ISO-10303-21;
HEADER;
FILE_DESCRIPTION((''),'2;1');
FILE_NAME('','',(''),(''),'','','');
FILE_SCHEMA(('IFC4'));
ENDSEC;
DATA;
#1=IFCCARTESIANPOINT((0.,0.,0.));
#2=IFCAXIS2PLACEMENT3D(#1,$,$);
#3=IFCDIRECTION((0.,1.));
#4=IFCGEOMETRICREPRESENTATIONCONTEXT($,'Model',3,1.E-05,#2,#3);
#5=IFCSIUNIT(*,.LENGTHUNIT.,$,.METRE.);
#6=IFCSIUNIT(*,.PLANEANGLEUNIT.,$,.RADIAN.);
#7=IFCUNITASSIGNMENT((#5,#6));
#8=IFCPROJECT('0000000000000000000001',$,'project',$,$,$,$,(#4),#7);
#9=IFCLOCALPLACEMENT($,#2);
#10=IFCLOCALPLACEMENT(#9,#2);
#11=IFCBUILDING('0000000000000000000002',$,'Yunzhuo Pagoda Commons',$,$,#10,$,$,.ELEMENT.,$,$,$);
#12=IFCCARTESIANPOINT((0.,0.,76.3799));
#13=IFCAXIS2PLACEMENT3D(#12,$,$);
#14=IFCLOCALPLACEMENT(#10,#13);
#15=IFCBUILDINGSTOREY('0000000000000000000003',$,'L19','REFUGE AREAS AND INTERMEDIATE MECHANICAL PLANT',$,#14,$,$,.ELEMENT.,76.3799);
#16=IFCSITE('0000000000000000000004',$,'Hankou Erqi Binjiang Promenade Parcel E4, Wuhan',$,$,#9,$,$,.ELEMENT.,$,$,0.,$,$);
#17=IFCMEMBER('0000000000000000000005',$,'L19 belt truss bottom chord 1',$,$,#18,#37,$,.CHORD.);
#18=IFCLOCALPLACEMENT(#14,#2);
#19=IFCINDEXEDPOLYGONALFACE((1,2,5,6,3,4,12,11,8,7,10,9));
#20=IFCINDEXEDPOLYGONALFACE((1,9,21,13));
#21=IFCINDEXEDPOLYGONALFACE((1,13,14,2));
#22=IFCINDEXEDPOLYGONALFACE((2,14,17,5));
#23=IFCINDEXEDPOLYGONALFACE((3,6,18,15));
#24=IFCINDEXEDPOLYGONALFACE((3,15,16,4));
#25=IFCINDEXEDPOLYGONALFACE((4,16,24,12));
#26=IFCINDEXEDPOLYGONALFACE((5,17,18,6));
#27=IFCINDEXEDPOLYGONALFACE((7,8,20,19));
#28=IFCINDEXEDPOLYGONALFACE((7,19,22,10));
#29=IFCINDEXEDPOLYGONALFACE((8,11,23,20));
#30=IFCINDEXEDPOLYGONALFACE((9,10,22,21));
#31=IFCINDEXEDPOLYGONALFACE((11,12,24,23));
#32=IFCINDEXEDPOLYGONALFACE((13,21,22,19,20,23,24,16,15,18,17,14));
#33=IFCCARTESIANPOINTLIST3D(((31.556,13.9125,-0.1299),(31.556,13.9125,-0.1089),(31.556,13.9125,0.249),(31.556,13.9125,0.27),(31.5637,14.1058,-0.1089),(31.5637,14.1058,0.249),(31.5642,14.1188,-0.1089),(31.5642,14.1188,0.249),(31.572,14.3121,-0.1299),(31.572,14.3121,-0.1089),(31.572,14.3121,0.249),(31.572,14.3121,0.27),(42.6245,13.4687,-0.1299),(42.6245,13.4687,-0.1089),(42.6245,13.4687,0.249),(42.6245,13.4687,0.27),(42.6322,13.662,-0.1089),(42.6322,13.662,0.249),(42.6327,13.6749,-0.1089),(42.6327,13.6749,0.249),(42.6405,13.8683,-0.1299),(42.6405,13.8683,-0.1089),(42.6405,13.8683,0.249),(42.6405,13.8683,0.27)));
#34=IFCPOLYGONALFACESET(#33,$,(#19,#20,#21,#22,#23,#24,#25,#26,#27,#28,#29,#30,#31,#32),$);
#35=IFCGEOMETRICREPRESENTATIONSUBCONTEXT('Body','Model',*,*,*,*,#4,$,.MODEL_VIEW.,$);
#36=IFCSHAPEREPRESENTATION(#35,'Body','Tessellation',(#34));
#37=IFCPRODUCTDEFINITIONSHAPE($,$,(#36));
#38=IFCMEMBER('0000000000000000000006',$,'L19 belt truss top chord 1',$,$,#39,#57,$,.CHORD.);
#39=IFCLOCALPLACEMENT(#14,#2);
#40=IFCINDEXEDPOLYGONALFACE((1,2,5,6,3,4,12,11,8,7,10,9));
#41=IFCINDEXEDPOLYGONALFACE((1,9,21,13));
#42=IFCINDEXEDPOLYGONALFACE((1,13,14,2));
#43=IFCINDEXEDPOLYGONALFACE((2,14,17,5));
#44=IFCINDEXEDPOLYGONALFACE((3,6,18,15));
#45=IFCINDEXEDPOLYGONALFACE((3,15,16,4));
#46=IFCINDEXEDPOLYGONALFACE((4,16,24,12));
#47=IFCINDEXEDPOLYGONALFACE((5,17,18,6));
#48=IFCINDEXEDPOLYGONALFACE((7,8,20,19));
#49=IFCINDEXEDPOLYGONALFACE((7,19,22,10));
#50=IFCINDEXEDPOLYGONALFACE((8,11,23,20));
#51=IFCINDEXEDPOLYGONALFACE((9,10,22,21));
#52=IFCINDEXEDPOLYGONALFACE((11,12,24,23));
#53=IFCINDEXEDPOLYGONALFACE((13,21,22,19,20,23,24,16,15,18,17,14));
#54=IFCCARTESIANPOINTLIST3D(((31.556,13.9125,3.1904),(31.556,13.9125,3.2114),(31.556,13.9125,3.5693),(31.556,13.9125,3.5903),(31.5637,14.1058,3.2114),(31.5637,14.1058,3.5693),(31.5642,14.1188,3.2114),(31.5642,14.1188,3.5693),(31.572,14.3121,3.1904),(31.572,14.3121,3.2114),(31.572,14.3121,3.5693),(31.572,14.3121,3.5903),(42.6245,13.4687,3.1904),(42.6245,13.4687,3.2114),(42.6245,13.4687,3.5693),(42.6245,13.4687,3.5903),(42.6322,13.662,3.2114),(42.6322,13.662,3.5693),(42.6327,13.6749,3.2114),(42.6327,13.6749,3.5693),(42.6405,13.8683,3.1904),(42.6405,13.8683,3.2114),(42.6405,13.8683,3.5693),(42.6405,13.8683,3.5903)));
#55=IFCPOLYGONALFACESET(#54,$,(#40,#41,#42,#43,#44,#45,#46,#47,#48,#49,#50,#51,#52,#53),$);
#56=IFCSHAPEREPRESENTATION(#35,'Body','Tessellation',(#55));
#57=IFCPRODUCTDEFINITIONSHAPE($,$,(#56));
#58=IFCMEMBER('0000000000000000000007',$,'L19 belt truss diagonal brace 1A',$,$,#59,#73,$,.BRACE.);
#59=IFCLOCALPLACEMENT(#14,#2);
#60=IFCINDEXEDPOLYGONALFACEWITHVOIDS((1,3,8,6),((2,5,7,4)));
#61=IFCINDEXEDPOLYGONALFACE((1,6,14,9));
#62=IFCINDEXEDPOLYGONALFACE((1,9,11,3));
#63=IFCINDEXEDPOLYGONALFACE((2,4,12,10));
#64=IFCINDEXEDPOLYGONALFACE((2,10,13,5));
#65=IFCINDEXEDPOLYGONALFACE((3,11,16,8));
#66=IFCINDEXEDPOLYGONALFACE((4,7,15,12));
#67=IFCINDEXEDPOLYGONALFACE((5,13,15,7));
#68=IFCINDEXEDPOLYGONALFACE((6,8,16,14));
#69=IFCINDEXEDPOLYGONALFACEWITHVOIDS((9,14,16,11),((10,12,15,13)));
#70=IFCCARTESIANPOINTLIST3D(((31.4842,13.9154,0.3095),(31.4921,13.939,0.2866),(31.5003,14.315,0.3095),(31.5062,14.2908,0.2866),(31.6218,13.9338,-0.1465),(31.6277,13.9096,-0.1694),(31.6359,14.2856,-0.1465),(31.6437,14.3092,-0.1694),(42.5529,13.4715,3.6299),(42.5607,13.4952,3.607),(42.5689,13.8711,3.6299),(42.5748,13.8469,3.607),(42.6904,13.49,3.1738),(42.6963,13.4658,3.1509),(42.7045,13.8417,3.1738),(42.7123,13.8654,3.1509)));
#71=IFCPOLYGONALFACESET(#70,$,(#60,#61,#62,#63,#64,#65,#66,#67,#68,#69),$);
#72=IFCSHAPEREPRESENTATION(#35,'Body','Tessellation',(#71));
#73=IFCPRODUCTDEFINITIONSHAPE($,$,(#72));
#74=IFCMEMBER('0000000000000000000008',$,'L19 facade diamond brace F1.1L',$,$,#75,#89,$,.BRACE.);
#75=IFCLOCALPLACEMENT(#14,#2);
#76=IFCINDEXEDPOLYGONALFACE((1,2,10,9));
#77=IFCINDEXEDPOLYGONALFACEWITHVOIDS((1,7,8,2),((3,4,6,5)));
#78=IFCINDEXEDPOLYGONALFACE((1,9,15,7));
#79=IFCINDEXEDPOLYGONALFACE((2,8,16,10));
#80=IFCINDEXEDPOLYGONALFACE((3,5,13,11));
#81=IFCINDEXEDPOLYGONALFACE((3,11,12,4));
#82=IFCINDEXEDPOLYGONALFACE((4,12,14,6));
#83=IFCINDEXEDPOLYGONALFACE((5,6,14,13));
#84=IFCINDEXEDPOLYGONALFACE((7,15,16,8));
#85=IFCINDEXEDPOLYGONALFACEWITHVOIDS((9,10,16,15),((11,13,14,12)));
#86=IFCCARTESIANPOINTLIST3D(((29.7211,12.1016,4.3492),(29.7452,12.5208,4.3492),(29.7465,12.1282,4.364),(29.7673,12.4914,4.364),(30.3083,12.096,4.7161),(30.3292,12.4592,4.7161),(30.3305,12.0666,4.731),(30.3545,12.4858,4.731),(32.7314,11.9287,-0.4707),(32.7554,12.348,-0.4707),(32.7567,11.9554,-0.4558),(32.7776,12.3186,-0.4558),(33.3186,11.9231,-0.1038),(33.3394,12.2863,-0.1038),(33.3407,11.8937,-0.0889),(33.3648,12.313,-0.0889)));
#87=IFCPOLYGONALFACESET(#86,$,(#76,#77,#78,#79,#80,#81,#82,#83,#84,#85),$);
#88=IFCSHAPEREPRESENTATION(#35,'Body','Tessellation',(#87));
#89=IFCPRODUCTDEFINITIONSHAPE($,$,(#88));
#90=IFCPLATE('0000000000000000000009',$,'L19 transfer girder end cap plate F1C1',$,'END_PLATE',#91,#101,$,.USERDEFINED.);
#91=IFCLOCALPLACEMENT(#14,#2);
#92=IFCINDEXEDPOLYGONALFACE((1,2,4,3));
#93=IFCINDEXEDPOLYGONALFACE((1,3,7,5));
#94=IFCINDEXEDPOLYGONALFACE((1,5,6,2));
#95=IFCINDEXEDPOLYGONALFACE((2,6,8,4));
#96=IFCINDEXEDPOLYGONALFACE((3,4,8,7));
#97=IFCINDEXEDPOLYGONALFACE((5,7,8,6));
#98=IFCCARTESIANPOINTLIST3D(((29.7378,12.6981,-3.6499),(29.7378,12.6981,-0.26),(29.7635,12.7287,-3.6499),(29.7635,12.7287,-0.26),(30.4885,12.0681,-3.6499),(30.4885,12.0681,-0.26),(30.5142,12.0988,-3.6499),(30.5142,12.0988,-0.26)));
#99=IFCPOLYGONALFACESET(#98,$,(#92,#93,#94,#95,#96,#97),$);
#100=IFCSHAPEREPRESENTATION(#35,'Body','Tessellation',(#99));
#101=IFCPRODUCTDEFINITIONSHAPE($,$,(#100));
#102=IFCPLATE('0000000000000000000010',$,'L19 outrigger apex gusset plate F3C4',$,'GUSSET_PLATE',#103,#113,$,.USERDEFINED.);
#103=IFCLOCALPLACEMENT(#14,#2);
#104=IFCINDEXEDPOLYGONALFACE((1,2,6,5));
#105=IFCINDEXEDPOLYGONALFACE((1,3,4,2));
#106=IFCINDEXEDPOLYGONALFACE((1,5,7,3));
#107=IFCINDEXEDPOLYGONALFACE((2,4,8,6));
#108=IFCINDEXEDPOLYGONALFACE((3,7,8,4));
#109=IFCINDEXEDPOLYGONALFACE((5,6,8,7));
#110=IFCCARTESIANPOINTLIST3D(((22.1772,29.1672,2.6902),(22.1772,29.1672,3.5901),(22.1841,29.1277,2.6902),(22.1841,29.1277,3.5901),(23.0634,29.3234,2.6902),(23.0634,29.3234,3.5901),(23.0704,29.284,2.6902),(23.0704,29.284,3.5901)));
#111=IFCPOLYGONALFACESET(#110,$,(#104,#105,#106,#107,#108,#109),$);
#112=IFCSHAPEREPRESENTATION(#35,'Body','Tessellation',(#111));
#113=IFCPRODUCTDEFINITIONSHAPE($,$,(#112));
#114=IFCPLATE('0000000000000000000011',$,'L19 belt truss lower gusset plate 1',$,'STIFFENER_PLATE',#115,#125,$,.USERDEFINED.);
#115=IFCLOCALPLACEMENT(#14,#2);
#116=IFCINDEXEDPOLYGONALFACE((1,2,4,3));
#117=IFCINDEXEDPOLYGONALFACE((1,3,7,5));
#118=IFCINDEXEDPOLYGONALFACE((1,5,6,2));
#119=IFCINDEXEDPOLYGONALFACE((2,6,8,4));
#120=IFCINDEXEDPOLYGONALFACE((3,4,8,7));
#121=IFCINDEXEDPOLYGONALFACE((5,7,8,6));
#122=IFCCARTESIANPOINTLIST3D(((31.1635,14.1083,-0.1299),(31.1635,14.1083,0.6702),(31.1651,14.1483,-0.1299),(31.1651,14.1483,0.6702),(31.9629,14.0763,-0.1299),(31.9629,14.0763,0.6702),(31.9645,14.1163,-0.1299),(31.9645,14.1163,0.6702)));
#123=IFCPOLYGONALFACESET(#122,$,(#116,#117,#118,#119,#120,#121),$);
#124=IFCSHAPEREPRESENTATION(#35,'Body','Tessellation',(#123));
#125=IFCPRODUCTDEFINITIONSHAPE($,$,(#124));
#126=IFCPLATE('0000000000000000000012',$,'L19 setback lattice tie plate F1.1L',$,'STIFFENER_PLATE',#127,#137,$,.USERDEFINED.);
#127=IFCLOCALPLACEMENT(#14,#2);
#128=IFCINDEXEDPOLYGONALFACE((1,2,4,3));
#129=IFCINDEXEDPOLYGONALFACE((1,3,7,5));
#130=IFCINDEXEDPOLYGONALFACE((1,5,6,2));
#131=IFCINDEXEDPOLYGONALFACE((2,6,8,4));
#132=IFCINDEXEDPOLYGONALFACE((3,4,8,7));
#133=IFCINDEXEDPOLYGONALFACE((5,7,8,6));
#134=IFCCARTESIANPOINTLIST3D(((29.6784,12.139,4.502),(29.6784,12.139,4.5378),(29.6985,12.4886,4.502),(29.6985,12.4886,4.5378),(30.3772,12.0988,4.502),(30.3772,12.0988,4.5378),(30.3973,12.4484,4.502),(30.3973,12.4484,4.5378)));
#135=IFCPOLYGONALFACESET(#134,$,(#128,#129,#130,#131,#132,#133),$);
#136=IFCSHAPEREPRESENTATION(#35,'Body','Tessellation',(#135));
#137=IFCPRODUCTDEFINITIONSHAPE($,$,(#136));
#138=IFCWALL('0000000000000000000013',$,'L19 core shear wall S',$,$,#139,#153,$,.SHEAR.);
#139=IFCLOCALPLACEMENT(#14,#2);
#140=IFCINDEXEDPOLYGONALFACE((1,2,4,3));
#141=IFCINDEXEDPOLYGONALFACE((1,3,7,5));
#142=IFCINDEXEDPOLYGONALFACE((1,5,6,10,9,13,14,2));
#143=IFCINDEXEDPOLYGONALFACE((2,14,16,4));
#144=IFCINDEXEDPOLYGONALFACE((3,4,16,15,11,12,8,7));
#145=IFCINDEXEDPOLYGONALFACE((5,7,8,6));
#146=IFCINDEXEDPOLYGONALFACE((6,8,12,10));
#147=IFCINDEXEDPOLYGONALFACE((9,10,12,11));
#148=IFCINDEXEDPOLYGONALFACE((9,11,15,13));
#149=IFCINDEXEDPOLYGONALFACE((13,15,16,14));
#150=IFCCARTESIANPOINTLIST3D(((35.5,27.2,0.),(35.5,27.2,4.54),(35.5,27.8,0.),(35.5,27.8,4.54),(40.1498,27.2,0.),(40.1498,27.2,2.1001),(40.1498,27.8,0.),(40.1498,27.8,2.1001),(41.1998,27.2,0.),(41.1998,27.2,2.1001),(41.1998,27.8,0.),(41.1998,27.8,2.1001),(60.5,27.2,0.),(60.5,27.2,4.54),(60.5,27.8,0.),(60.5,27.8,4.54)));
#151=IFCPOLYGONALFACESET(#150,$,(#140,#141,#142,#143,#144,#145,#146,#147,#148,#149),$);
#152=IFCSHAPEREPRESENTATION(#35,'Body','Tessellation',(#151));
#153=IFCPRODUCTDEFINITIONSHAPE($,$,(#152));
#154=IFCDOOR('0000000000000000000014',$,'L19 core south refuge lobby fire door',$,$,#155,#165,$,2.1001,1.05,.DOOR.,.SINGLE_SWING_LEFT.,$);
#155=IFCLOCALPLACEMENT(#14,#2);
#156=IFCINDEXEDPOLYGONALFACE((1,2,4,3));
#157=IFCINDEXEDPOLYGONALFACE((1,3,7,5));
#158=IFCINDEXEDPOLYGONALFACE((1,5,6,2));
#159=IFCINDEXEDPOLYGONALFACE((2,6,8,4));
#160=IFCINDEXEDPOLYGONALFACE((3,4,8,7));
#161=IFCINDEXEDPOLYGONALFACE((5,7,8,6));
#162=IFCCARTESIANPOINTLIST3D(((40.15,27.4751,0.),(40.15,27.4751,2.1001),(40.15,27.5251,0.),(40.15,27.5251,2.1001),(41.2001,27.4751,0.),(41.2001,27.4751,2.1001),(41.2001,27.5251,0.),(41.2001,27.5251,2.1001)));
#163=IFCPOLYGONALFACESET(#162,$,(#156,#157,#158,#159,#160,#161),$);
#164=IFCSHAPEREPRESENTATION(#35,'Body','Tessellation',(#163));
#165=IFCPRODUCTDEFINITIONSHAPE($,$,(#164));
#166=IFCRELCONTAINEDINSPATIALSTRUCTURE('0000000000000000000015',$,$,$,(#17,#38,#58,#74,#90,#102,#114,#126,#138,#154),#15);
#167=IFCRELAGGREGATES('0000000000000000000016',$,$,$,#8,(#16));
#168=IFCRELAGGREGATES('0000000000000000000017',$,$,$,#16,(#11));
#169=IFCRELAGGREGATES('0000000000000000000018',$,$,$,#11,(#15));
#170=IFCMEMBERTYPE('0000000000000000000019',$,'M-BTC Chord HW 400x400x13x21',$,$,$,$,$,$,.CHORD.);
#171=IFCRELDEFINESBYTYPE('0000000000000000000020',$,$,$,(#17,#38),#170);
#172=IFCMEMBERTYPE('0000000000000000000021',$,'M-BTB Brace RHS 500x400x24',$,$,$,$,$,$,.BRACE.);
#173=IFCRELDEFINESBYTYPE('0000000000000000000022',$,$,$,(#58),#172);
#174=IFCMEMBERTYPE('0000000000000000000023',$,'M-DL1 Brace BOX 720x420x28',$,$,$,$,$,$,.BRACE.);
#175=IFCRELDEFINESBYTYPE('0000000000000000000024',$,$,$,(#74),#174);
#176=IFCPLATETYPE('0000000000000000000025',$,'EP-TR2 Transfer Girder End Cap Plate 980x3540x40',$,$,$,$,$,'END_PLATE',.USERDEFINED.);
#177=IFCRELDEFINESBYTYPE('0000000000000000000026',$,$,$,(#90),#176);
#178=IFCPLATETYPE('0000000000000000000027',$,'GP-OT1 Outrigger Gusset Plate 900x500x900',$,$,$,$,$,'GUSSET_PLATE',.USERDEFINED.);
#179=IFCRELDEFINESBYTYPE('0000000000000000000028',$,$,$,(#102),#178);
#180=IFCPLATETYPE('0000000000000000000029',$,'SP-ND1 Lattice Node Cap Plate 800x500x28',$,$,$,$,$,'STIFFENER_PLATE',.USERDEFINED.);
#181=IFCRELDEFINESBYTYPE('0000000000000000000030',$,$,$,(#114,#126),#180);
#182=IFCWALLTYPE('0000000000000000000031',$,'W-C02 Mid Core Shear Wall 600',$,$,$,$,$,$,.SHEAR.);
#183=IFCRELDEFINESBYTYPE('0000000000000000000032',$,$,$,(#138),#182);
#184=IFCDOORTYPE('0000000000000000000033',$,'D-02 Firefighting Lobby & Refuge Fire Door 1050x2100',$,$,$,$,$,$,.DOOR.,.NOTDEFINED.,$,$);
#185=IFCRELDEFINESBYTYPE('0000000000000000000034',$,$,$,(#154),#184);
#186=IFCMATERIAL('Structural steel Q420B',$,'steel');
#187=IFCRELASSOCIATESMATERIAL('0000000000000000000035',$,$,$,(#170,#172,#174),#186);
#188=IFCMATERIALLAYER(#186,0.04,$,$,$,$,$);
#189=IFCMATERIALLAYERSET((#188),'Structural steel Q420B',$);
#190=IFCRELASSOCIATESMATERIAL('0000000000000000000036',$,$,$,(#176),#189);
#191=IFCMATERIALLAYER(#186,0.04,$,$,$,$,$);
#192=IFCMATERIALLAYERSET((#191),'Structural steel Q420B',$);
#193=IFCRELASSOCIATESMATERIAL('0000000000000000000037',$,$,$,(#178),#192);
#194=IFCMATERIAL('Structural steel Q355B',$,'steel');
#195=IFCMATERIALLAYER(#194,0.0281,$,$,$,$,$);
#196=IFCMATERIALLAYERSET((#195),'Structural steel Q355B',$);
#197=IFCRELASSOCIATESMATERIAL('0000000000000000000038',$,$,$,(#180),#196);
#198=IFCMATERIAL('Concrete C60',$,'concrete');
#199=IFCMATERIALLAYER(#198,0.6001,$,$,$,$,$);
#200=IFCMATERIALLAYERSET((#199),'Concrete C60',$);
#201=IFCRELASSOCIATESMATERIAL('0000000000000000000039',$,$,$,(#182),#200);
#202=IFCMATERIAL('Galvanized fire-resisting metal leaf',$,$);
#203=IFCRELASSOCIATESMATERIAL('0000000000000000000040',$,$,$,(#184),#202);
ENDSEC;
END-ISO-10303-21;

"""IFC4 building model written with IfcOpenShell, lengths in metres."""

from ifc_helpers import new_model, si_unit, direction, frame, frame_2d, origin, origin_2d, place, context, subcontext, project, spatial, rectangle, hollow_rectangle, i_section, extrude, source, transform, mapped, material, layer, layer_set, material_profile, profile_set, type_object, element, fill, save


model = new_model("IFC4")

# Units and contexts
model_context = context("Model", 3, precision=1e-05, world=origin(), true_north=direction((0.0, 1.0)))
body_context = subcontext(model_context, "Body", "Model", "MODEL_VIEW")
ifc_project = project(units=[si_unit("LENGTHUNIT", "METRE"), si_unit("PLANEANGLEUNIT", "RADIAN")], contexts=[model_context])

# Site, building, storey
site_placement = place(None, origin())
site = spatial("IfcSite", under=ifc_project, at=site_placement, Name="Hankou Erqi Binjiang Promenade Parcel E4, Wuhan", CompositionType="ELEMENT", RefElevation=0.0)
building_placement = place(site_placement, origin())
building = spatial("IfcBuilding", under=site, at=building_placement, Name="Yunzhuo Pagoda Commons", CompositionType="ELEMENT")
storey_placement = place(building_placement, frame((0.0, 0.0, 76.3799)))
storey = spatial("IfcBuildingStorey", under=building, at=storey_placement, Name="L19", Description="REFUGE AREAS AND INTERMEDIATE MECHANICAL PLANT", CompositionType="ELEMENT", Elevation=76.3799)

# Shared definitions
ifc_material_1 = material(Name="Structural steel Q420B", Category="steel")

# Shared definitions
ifc_material_2 = material(Name="Structural steel Q355B", Category="steel")

# Members
ifc_material_profile_1 = material_profile(ifc_material_1, i_section(OverallWidth=0.3999, OverallDepth=0.3999, WebThickness=0.0129, FlangeThickness=0.021, at=origin_2d()), Name="Structural steel Q420B")
ifc_profile_set_1 = profile_set([ifc_material_profile_1], Name="Structural steel Q420B")
member_type_1 = type_object("IfcMemberType", Name="M-BTC Chord HW 400x400x13x21", PredefinedType="CHORD", material=ifc_profile_set_1)
shared_shape_1 = source(origin(), body_context, "Body", "SweptSolid", [
    extrude(i_section(OverallWidth=0.3999, OverallDepth=0.3999, WebThickness=0.0129, FlangeThickness=0.021, at=origin_2d()), origin(), (0.0, 0.0, 1.0), 11.0774),
])
for number, where, z_axis, x_axis, name in (
    (1, (31.564, 14.1123, 0.0701), (0.999197, -0.040067, 0.0), (0.040067, 0.999197, 0.0), "L19 belt truss bottom chord 1"),
    (2, (31.564, 14.1123, 3.3904), (0.999197, -0.040067, 0.0), (0.040067, 0.999197, 0.0), "L19 belt truss top chord 1"),
):
    element("IfcMember", number, at=place(storey_placement, frame(where, z_axis=z_axis, x_axis=x_axis)), inside=storey, type_object=member_type_1, Name=name, PredefinedType="CHORD", context=body_context, shape_type="MappedRepresentation", body=[
        mapped(shared_shape_1, transform((0.0, 0.0, 0.0), scale=1.0)),
    ])
ifc_material_profile_2 = material_profile(ifc_material_1, hollow_rectangle(XDim=0.3999, YDim=0.5, WallThickness=0.0239, at=origin_2d()), Name="Structural steel Q420B")
ifc_profile_set_2 = profile_set([ifc_material_profile_2], Name="Structural steel Q420B")
member_type_2 = type_object("IfcMemberType", Name="M-BTB Brace RHS 500x400x24", PredefinedType="BRACE", material=ifc_profile_set_2)
shared_shape_2 = source(origin(), body_context, "Body", "SweptSolid", [
    extrude(hollow_rectangle(XDim=0.3999, YDim=0.5, WallThickness=0.0239, at=origin_2d()), origin(), (0.0, 0.0, 1.0), 11.5645),
])
member_1_placement = place(storey_placement, frame((31.564, 14.1123, 0.0701), z_axis=(0.957127, -0.038381, 0.287115), x_axis=(0.040067, 0.999197, 0.0)))
element("IfcMember", 3, at=member_1_placement, inside=storey, type_object=member_type_2, Name="L19 belt truss diagonal brace 1A", PredefinedType="BRACE", context=body_context, shape_type="MappedRepresentation", body=[
    mapped(shared_shape_2, transform((0.0, 0.0, 0.0), scale=1.0)),
])
ifc_material_profile_3 = material_profile(ifc_material_1, hollow_rectangle(XDim=0.4199, YDim=0.72, WallThickness=0.0281, at=origin_2d()), Name="Structural steel Q420B")
ifc_profile_set_3 = profile_set([ifc_material_profile_3], Name="Structural steel Q420B")
member_type_3 = type_object("IfcMemberType", Name="M-DL1 Brace BOX 720x420x28", PredefinedType="BRACE", material=ifc_profile_set_3)
shared_shape_3 = source(origin(), body_context, "Body", "SweptSolid", [
    extrude(hollow_rectangle(XDim=0.4199, YDim=0.72, WallThickness=0.0281, at=origin_2d()), origin(), (0.0, 0.0, 1.0), 5.6853),
])
member_2_placement = place(storey_placement, frame((33.0481, 12.1208, -0.2798), z_axis=(-0.529484, 0.030403, 0.847775), x_axis=(-0.057326, -0.998355, 0.0)))
element("IfcMember", 4, at=member_2_placement, inside=storey, type_object=member_type_3, Name="L19 facade diamond brace F1.1L", PredefinedType="BRACE", context=body_context, shape_type="MappedRepresentation", body=[
    mapped(shared_shape_3, transform((0.0, 0.0, 0.0), scale=1.0)),
])

# Plates
ifc_layer_1 = layer(ifc_material_1, 0.04)
ifc_layer_set_1 = layer_set([ifc_layer_1], Name="Structural steel Q420B")
plate_type_1 = type_object("IfcPlateType", Name="EP-TR2 Transfer Girder End Cap Plate 980x3540x40", ElementType="END_PLATE", PredefinedType="USERDEFINED", material=ifc_layer_set_1)
shared_shape_4 = source(origin(), body_context, "Body", "SweptSolid", [
    extrude(rectangle(XDim=0.98, YDim=0.04, at=origin_2d()), origin(), (0.0, 0.0, 1.0), 3.3899),
])
plate_1_placement = place(storey_placement, frame((30.126, 12.3984, -3.6499), z_axis=(0.0, 0.0, 1.0), x_axis=(0.766044, -0.642788, 0.0)))
element("IfcPlate", 5, at=plate_1_placement, inside=storey, type_object=plate_type_1, Name="L19 transfer girder end cap plate F1C1", ObjectType="END_PLATE", PredefinedType="USERDEFINED", context=body_context, shape_type="MappedRepresentation", body=[
    mapped(shared_shape_4, transform((0.0, 0.0, 0.0), scale=1.0)),
])
ifc_layer_2 = layer(ifc_material_1, 0.04)
ifc_layer_set_2 = layer_set([ifc_layer_2], Name="Structural steel Q420B")
plate_type_2 = type_object("IfcPlateType", Name="GP-OT1 Outrigger Gusset Plate 900x500x900", ElementType="GUSSET_PLATE", PredefinedType="USERDEFINED", material=ifc_layer_set_2)
shared_shape_5 = source(origin(), body_context, "Body", "SweptSolid", [
    extrude(rectangle(XDim=0.8999, YDim=0.04, at=origin_2d()), origin(), (0.0, 0.0, 1.0), 0.8999),
])
plate_2_placement = place(storey_placement, frame((22.6238, 29.2256, 2.6902), z_axis=(0.0, 0.0, 1.0), x_axis=(-0.984808, -0.173648, 0.0)))
element("IfcPlate", 6, at=plate_2_placement, inside=storey, type_object=plate_type_2, Name="L19 outrigger apex gusset plate F3C4", ObjectType="GUSSET_PLATE", PredefinedType="USERDEFINED", context=body_context, shape_type="MappedRepresentation", body=[
    mapped(shared_shape_5, transform((0.0, 0.0, 0.0), scale=1.0)),
])
ifc_layer_3 = layer(ifc_material_2, 0.0281)
ifc_layer_set_3 = layer_set([ifc_layer_3], Name="Structural steel Q355B")
plate_type_3 = type_object("IfcPlateType", Name="SP-ND1 Lattice Node Cap Plate 800x500x28", ElementType="STIFFENER_PLATE", PredefinedType="USERDEFINED", material=ifc_layer_set_3)
shared_shape_6 = source(origin(), body_context, "Body", "SweptSolid", [
    extrude(rectangle(XDim=0.8, YDim=0.04, at=origin_2d()), origin(), (0.0, 0.0, 1.0), 0.8),
])
plate_3_placement = place(storey_placement, frame((31.564, 14.1123, -0.1299), z_axis=(0.0, 0.0, 1.0), x_axis=(0.999197, -0.040062, 0.0)))
element("IfcPlate", 7, at=plate_3_placement, inside=storey, type_object=plate_type_3, Name="L19 belt truss lower gusset plate 1", ObjectType="STIFFENER_PLATE", PredefinedType="USERDEFINED", context=body_context, shape_type="MappedRepresentation", body=[
    mapped(shared_shape_6, transform((0.0, 0.0, 0.0), scale=1.0)),
])
shared_shape_7 = source(origin(), body_context, "Body", "SweptSolid", [
    extrude(rectangle(XDim=0.7, YDim=0.3501, at=origin_2d()), origin(), (0.0, 0.0, 1.0), 0.0359),
])
plate_4_placement = place(storey_placement, frame((30.0378, 12.2937, 4.502), z_axis=(0.0, 0.0, 1.0), x_axis=(0.99835, -0.057425, 0.0)))
element("IfcPlate", 8, at=plate_4_placement, inside=storey, type_object=plate_type_3, Name="L19 setback lattice tie plate F1.1L", ObjectType="STIFFENER_PLATE", PredefinedType="USERDEFINED", context=body_context, shape_type="MappedRepresentation", body=[
    mapped(shared_shape_7, transform((0.0, 0.0, 0.0), scale=1.0)),
])

# Wall, opening, door
ifc_material_3 = material(Name="Concrete C60", Category="concrete")
ifc_layer_4 = layer(ifc_material_3, 0.6001)
ifc_layer_set_4 = layer_set([ifc_layer_4], Name="Concrete C60")
wall_type_1 = type_object("IfcWallType", Name="W-C02 Mid Core Shear Wall 600", PredefinedType="SHEAR", material=ifc_layer_set_4)
wall_1_placement = place(storey_placement, frame((35.5, 27.5, 0.0), z_axis=(0.0, 0.0, 1.0), x_axis=(1.0, 0.0, 0.0)))
wall_1 = element("IfcWall", 9, at=wall_1_placement, inside=storey, type_object=wall_type_1, Name="L19 core shear wall S", PredefinedType="SHEAR", context=body_context, shape_type="SweptSolid", body=[
    extrude(rectangle(XDim=25.0, YDim=0.6001, at=frame_2d((12.5, 0.0))), origin(), (0.0, 0.0, 1.0), 4.54),
])
opening_placement = place(wall_1_placement, frame((4.6499, 0.0, 0.0)))
opening = element("IfcOpeningElement", 10, at=opening_placement, cuts=wall_1, PredefinedType="OPENING", context=body_context, shape_type="SweptSolid", body=[
    extrude(rectangle(XDim=1.05, YDim=2.1001, at=frame_2d((0.5249, 1.05))), frame((0.0, 0.3101, 0.0), z_axis=(0.0, -1.0, 0.0), x_axis=(1.0, 0.0, 0.0)), (0.0, 0.0, 1.0), 0.6201),
])
ifc_material_4 = material(Name="Galvanized fire-resisting metal leaf")
door_type = type_object("IfcDoorType", Name="D-02 Firefighting Lobby & Refuge Fire Door 1050x2100", OperationType="NOTDEFINED", PredefinedType="DOOR", material=ifc_material_4)
shared_shape_8 = source(origin(), body_context, "Body", "SweptSolid", [
    extrude(rectangle(XDim=1.05, YDim=2.1001, at=frame_2d((0.5249, 1.05))), frame((0.0, 0.0249, 0.0), z_axis=(0.0, -1.0, 0.0), x_axis=(1.0, 0.0, 0.0)), (0.0, 0.0, 1.0), 0.05),
])
door_placement = place(opening_placement, frame((1.05, 0.0, 0.0), z_axis=(0.0, 0.0, 1.0), x_axis=(-1.0, 0.0, 0.0)))
door = element("IfcDoor", 11, at=door_placement, inside=storey, type_object=door_type, Name="L19 core south refuge lobby fire door", OperationType="SINGLE_SWING_LEFT", OverallHeight=2.1001, OverallWidth=1.05, PredefinedType="DOOR", context=body_context, shape_type="MappedRepresentation", body=[
    mapped(shared_shape_8, transform((0.0, 0.0, 0.0), scale=1.0)),
])
fill(opening, door)

save(model, "model.ifc")
